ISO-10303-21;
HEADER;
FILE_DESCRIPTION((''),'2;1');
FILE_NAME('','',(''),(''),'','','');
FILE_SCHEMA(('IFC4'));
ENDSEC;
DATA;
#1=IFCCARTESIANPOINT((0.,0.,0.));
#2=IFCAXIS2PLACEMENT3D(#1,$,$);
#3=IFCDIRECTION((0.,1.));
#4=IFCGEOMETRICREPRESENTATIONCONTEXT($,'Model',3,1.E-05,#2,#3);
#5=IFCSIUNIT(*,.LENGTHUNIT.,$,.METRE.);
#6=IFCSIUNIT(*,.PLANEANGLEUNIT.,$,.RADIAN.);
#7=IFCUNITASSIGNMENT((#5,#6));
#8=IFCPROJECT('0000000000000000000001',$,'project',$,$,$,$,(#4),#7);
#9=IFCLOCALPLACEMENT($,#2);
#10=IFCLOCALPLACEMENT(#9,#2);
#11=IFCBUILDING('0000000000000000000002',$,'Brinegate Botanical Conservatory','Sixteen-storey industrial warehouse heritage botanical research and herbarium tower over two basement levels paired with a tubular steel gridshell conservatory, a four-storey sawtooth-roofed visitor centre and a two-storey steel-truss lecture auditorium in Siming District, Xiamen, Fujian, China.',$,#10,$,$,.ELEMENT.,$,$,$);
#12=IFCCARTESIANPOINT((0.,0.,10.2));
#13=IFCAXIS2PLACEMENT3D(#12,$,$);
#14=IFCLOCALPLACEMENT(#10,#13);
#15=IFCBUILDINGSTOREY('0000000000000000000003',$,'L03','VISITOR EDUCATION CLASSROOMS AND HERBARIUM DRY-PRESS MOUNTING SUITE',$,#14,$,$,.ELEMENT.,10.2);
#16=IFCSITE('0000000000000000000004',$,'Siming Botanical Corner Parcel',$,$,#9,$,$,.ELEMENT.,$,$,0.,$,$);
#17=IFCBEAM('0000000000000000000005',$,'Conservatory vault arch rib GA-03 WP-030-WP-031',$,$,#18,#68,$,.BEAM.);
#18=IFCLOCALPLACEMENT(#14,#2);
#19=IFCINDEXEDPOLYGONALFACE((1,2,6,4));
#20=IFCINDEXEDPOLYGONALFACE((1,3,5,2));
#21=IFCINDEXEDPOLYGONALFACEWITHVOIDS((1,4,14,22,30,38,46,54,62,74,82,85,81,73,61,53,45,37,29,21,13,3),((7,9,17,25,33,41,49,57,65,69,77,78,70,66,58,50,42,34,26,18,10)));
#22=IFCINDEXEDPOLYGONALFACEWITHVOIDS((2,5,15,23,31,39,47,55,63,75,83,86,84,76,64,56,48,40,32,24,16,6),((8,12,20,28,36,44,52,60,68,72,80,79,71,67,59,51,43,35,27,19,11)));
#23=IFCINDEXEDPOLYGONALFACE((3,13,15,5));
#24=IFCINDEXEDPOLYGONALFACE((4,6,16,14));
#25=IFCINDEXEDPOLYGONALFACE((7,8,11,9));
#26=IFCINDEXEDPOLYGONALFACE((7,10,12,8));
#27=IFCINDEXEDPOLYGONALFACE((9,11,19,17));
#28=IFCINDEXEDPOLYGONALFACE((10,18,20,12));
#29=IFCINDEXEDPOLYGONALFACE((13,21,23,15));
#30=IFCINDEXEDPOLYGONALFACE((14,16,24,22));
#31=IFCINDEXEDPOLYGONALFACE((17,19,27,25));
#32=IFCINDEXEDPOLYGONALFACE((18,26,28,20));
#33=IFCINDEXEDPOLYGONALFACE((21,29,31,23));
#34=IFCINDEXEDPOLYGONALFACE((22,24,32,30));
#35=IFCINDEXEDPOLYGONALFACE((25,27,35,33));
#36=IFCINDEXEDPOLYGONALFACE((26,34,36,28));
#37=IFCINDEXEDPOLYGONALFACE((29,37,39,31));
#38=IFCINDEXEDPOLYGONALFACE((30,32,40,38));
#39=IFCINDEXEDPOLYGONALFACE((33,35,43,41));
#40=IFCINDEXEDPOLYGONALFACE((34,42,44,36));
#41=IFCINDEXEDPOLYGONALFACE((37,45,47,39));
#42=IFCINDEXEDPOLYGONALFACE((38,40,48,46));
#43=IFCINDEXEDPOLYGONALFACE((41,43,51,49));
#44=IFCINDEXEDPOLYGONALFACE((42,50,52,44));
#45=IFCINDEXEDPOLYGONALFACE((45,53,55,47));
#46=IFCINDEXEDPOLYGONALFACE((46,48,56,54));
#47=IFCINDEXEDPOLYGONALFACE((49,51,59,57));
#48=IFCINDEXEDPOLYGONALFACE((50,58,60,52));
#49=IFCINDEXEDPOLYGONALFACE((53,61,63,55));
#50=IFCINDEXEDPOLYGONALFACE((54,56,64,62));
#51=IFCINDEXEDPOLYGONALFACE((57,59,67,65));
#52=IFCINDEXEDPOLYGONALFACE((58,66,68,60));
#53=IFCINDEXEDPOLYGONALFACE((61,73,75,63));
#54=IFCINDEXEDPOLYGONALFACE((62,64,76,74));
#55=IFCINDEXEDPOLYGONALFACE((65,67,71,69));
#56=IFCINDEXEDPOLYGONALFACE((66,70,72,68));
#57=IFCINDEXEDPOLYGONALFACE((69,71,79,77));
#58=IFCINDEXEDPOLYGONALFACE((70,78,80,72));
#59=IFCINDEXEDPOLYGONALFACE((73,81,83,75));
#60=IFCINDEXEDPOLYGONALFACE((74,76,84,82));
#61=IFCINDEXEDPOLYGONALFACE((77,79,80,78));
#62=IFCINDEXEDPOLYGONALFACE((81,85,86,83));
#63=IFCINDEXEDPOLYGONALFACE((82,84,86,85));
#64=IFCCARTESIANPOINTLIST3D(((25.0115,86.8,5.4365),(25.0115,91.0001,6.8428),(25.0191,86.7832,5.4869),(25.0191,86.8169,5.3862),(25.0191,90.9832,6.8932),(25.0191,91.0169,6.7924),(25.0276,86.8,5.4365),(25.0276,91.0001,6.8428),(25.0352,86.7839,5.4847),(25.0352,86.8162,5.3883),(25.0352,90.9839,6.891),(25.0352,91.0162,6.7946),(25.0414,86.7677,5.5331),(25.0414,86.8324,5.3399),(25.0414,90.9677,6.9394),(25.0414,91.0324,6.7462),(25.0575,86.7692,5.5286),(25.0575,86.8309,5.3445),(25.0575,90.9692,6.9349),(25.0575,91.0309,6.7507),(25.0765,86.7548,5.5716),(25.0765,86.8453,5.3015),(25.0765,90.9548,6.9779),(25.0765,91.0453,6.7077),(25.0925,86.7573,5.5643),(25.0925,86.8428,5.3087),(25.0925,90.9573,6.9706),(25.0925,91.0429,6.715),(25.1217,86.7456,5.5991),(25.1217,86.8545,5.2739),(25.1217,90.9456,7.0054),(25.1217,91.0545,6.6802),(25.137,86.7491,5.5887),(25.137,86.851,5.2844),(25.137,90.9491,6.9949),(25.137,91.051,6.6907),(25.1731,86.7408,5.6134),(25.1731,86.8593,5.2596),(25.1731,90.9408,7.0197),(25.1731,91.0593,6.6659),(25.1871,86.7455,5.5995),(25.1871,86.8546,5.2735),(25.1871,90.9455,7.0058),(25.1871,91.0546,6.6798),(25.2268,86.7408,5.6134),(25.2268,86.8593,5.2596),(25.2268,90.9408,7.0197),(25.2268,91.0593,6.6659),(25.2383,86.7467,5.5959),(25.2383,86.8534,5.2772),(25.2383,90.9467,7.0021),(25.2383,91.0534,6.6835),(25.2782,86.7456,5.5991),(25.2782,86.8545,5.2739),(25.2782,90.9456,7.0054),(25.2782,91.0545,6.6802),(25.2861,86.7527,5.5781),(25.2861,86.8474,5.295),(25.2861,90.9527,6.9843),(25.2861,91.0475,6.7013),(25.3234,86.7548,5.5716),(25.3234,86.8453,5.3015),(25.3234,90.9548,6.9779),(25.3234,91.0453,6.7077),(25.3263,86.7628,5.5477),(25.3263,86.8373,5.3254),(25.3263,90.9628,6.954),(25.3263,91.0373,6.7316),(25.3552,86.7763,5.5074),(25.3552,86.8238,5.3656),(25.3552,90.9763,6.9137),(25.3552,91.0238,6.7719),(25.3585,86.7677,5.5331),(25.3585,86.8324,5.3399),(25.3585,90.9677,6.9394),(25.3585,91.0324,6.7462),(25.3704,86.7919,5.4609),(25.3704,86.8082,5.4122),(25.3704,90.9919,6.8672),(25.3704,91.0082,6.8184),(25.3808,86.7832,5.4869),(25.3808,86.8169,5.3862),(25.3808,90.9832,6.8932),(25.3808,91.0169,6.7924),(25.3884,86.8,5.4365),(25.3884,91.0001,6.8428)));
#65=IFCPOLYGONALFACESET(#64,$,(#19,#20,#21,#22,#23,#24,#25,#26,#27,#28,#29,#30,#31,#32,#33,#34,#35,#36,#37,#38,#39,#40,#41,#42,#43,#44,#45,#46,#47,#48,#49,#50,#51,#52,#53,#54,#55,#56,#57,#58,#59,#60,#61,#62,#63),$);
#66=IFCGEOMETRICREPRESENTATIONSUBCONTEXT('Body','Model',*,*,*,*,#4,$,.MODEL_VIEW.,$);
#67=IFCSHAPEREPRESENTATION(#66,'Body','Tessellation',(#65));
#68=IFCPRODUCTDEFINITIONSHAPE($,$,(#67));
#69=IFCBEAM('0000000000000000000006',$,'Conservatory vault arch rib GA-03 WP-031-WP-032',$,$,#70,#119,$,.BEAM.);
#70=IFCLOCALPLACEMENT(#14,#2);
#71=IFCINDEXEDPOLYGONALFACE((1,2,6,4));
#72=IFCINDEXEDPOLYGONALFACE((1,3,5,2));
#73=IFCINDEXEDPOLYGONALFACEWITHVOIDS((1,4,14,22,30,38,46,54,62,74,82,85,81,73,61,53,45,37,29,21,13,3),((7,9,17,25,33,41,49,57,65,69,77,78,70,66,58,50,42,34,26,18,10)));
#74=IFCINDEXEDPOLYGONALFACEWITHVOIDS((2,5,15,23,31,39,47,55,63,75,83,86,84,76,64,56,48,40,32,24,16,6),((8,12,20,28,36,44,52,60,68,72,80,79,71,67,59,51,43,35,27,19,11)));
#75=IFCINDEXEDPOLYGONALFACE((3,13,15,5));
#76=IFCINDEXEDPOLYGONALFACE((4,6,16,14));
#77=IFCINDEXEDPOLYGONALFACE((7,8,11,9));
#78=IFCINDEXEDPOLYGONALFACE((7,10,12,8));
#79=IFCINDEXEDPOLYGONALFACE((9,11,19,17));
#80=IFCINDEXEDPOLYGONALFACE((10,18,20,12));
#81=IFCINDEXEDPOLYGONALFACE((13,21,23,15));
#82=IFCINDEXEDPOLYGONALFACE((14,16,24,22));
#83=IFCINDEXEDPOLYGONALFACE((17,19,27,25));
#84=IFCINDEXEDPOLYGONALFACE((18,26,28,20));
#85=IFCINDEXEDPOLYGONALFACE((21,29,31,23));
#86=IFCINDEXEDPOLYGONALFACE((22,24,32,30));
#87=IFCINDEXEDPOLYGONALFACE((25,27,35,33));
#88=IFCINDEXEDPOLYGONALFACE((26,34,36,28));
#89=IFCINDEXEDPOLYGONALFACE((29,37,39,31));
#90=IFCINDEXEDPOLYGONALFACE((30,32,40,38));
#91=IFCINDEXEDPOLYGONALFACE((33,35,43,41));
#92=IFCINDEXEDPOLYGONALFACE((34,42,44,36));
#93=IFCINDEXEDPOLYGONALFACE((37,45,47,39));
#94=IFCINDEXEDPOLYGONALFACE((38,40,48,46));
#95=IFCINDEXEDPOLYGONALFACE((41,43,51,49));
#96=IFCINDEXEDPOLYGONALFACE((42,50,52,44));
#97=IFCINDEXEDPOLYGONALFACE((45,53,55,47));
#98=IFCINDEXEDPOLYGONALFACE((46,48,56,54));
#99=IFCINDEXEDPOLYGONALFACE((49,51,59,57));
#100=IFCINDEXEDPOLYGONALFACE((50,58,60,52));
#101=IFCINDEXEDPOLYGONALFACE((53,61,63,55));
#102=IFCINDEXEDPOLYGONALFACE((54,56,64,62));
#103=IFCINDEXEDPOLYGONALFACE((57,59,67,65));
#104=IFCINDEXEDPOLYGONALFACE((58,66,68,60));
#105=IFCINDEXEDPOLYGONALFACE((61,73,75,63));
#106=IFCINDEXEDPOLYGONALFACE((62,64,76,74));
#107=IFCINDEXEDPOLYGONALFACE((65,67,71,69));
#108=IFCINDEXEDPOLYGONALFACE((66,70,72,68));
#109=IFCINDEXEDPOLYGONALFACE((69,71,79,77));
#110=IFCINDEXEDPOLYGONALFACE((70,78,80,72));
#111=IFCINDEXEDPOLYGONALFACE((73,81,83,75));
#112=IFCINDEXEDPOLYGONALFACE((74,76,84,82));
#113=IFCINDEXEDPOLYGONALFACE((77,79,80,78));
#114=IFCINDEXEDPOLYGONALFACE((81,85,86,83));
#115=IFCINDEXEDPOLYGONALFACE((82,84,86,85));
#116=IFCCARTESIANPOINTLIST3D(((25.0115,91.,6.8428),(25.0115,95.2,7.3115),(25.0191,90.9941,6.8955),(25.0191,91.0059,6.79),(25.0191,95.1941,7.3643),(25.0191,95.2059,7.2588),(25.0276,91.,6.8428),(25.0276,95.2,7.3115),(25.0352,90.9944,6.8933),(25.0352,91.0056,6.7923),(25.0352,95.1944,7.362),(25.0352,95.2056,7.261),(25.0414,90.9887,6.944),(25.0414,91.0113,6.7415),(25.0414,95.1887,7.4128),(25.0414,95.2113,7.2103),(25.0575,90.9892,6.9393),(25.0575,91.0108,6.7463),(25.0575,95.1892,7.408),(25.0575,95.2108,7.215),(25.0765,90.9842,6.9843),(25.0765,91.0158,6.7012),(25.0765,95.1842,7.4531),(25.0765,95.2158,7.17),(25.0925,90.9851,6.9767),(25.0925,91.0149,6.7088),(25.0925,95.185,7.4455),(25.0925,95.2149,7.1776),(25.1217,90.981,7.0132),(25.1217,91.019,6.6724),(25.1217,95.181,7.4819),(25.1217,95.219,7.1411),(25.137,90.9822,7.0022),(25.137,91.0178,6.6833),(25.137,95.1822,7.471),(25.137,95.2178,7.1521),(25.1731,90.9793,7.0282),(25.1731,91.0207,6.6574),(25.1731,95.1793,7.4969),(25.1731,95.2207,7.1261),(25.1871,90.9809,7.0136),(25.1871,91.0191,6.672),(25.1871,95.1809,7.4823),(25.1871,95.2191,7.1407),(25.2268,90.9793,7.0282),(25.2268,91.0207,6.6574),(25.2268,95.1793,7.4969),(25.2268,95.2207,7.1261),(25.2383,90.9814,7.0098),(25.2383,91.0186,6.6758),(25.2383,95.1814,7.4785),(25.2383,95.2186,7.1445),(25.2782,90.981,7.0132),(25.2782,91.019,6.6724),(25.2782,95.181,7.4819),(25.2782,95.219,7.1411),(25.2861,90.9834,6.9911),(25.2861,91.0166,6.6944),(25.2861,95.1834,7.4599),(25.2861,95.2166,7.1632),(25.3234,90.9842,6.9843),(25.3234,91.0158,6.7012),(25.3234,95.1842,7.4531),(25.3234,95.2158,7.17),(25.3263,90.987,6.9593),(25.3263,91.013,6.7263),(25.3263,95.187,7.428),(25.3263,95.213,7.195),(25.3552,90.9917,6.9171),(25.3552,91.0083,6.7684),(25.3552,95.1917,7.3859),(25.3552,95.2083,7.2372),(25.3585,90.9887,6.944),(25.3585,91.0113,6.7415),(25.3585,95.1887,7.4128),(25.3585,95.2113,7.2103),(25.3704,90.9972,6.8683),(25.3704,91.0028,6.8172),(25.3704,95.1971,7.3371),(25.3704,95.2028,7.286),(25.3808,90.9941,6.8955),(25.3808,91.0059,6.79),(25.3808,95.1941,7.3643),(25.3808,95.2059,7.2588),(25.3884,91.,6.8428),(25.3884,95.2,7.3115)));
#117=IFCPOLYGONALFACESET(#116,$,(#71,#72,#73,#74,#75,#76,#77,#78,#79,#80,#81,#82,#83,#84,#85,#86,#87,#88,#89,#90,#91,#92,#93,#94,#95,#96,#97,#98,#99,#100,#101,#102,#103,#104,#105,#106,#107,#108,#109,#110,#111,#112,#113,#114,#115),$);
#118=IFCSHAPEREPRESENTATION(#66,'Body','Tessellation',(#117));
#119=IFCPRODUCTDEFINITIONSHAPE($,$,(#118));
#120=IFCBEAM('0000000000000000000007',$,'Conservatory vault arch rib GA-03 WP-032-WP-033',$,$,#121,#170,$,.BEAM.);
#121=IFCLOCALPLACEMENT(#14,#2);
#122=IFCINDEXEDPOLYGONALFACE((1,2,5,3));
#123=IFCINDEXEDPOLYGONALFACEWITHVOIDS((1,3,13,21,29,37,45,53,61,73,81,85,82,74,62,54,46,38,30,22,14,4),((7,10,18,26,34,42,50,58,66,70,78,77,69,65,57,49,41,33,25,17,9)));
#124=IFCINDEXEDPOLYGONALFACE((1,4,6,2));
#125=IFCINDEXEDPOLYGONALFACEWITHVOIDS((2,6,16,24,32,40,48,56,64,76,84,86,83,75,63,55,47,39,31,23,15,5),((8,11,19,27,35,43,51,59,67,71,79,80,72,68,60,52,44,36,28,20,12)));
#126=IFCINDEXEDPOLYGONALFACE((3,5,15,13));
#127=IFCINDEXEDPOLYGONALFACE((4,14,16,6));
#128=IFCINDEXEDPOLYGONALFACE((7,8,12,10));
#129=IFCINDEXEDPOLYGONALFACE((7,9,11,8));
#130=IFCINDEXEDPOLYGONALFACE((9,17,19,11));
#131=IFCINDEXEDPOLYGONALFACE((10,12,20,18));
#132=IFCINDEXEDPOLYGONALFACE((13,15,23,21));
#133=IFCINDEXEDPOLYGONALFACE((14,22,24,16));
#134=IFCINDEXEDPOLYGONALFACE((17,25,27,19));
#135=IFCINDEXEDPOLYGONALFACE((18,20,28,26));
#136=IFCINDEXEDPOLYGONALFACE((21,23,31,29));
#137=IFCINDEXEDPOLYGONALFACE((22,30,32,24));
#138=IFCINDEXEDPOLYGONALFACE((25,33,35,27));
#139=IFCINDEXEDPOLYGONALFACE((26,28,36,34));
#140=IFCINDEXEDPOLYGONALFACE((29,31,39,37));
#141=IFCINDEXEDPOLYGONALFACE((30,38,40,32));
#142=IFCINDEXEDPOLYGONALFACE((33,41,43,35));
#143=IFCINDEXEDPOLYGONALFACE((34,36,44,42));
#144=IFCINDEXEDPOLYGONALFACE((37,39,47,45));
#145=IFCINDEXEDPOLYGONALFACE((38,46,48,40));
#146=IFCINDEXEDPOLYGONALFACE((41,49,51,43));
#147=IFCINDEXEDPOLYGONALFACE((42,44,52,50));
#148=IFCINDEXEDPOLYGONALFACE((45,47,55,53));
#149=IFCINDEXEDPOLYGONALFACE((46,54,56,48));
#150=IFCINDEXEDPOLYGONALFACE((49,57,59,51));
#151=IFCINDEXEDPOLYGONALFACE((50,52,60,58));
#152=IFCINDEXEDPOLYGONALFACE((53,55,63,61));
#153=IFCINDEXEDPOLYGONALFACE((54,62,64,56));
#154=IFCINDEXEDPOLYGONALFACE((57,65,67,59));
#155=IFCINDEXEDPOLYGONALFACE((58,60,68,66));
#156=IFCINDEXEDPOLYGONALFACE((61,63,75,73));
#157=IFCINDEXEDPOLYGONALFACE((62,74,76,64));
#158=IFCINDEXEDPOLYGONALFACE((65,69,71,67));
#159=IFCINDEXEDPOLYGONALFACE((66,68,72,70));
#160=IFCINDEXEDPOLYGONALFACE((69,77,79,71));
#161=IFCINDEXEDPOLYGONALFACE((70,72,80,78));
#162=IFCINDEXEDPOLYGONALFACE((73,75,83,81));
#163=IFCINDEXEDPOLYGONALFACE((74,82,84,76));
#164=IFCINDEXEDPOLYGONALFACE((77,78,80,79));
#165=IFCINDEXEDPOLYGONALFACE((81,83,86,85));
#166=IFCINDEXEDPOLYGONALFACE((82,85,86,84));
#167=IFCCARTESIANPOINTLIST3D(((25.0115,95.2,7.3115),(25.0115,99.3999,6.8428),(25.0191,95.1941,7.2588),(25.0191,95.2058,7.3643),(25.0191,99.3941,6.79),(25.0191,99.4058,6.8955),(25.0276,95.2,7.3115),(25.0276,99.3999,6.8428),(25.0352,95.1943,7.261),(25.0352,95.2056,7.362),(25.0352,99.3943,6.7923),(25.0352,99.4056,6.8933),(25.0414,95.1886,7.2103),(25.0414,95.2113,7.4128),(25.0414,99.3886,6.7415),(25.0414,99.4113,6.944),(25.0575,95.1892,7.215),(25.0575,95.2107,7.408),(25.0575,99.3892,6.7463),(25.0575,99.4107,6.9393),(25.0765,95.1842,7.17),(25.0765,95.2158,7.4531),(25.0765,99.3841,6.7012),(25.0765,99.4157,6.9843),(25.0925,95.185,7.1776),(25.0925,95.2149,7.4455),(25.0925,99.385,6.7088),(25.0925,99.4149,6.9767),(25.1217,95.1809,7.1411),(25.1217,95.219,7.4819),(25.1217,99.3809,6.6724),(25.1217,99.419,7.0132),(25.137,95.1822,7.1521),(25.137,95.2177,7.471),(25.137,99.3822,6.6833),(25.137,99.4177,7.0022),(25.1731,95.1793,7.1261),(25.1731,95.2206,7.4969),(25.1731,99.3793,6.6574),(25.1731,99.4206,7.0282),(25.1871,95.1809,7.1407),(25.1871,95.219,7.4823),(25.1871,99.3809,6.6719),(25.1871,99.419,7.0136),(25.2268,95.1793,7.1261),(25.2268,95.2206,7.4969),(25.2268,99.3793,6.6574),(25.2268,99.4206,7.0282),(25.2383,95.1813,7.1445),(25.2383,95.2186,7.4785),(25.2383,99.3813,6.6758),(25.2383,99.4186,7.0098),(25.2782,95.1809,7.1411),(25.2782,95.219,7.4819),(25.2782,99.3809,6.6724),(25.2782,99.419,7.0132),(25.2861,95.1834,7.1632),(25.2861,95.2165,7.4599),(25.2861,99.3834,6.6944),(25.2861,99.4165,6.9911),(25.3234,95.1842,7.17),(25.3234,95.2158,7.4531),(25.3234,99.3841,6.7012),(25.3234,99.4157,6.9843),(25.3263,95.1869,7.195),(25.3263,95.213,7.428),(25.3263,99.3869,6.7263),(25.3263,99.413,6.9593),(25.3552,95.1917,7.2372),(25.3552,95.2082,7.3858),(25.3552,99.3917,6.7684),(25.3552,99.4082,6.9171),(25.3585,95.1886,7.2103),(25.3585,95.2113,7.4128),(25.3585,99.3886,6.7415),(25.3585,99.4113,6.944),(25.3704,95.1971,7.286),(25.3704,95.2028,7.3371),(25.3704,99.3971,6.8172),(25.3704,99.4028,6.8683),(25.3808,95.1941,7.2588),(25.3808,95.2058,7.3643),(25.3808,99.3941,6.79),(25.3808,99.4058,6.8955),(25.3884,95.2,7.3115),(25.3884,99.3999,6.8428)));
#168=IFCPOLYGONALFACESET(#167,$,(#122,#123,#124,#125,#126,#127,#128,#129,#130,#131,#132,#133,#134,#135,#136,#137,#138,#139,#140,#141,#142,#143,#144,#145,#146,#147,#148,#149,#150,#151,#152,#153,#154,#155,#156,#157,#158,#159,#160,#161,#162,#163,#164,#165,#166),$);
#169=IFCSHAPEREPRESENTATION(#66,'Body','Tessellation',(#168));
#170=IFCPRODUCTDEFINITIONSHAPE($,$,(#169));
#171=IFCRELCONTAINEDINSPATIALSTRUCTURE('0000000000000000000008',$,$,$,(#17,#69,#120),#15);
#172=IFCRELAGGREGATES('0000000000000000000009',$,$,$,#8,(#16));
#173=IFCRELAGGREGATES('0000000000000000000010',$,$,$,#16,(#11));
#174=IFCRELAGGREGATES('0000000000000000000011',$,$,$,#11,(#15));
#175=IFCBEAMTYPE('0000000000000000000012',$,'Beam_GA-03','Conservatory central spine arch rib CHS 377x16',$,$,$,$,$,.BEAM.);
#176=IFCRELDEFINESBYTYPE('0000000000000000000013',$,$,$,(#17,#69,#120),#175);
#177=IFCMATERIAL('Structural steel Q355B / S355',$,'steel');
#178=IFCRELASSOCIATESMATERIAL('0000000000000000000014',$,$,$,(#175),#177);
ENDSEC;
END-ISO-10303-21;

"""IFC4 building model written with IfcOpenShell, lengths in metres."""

from ifc_helpers import new_model, si_unit, direction, frame, origin, origin_2d, place, context, subcontext, project, spatial, hollow_circle, extrude, material, material_profile, profile_set, type_object, element, save


model = new_model("IFC4")

# Units and contexts
model_context = context("Model", 3, precision=1e-05, world=origin(), true_north=direction((0.0, 1.0)))
body_context = subcontext(model_context, "Body", "Model", "MODEL_VIEW")
ifc_project = project(units=[si_unit("LENGTHUNIT", "METRE"), si_unit("PLANEANGLEUNIT", "RADIAN")], contexts=[model_context])

# Site, building, storey
site_placement = place(None, origin())
site = spatial("IfcSite", under=ifc_project, at=site_placement, Name="Siming Botanical Corner Parcel", CompositionType="ELEMENT", RefElevation=0.0)
building_placement = place(site_placement, origin())
building = spatial("IfcBuilding", under=site, at=building_placement, Name="Brinegate Botanical Conservatory", Description="Sixteen-storey industrial warehouse heritage botanical research and herbarium tower over two basement levels paired with a tubular steel gridshell conservatory, a four-storey sawtooth-roofed visitor centre and a two-storey steel-truss lecture auditorium in Siming District, Xiamen, Fujian, China.", CompositionType="ELEMENT")
storey_placement = place(building_placement, frame((0.0, 0.0, 10.2)))
storey = spatial("IfcBuildingStorey", under=building, at=storey_placement, Name="L03", Description="VISITOR EDUCATION CLASSROOMS AND HERBARIUM DRY-PRESS MOUNTING SUITE", CompositionType="ELEMENT", Elevation=10.2)

# Beams
ifc_material_1 = material(Name="Structural steel Q355B / S355", Category="steel")
ifc_material_profile_1 = material_profile(ifc_material_1, hollow_circle(Radius=0.1885, WallThickness=0.0161, at=origin_2d()), Name="CHS 377x16")
ifc_profile_set_1 = profile_set([ifc_material_profile_1], Name="Structural steel Q355B / S355")
beam_type = type_object("IfcBeamType", Name="Beam_GA-03", Description="Conservatory central spine arch rib CHS 377x16", PredefinedType="BEAM", material=ifc_profile_set_1)
beam_1_placement = place(storey_placement, frame((25.2, 86.8, 5.4365), z_axis=(0.0, 0.948258, 0.317501), x_axis=(-1.0, 0.0, 0.0)))
element("IfcBeam", 1, at=beam_1_placement, inside=storey, type_object=beam_type, Name="Conservatory vault arch rib GA-03 WP-030-WP-031", PredefinedType="BEAM", context=body_context, shape_type="SweptSolid", body=[
    extrude(hollow_circle(Radius=0.1885, WallThickness=0.0161, at=origin_2d()), origin(), (0.0, 0.0, 1.0), 4.4292),
])
for number, where, z_axis, x_axis, name in (
    (2, (25.2, 91.0, 6.8428), (0.0, 0.993829, 0.11092), (-1.0, 0.0, 0.0), "Conservatory vault arch rib GA-03 WP-031-WP-032"),
    (3, (25.2, 95.2, 7.3115), (0.0, 0.993829, -0.11092), (-1.0, 0.0, 0.0), "Conservatory vault arch rib GA-03 WP-032-WP-033"),
):
    element("IfcBeam", number, at=place(storey_placement, frame(where, z_axis=z_axis, x_axis=x_axis)), inside=storey, type_object=beam_type, Name=name, PredefinedType="BEAM", context=body_context, shape_type="SweptSolid", body=[
        extrude(hollow_circle(Radius=0.1885, WallThickness=0.0161, at=origin_2d()), origin(), (0.0, 0.0, 1.0), 4.2261),
    ])

save(model, "model.ifc")
